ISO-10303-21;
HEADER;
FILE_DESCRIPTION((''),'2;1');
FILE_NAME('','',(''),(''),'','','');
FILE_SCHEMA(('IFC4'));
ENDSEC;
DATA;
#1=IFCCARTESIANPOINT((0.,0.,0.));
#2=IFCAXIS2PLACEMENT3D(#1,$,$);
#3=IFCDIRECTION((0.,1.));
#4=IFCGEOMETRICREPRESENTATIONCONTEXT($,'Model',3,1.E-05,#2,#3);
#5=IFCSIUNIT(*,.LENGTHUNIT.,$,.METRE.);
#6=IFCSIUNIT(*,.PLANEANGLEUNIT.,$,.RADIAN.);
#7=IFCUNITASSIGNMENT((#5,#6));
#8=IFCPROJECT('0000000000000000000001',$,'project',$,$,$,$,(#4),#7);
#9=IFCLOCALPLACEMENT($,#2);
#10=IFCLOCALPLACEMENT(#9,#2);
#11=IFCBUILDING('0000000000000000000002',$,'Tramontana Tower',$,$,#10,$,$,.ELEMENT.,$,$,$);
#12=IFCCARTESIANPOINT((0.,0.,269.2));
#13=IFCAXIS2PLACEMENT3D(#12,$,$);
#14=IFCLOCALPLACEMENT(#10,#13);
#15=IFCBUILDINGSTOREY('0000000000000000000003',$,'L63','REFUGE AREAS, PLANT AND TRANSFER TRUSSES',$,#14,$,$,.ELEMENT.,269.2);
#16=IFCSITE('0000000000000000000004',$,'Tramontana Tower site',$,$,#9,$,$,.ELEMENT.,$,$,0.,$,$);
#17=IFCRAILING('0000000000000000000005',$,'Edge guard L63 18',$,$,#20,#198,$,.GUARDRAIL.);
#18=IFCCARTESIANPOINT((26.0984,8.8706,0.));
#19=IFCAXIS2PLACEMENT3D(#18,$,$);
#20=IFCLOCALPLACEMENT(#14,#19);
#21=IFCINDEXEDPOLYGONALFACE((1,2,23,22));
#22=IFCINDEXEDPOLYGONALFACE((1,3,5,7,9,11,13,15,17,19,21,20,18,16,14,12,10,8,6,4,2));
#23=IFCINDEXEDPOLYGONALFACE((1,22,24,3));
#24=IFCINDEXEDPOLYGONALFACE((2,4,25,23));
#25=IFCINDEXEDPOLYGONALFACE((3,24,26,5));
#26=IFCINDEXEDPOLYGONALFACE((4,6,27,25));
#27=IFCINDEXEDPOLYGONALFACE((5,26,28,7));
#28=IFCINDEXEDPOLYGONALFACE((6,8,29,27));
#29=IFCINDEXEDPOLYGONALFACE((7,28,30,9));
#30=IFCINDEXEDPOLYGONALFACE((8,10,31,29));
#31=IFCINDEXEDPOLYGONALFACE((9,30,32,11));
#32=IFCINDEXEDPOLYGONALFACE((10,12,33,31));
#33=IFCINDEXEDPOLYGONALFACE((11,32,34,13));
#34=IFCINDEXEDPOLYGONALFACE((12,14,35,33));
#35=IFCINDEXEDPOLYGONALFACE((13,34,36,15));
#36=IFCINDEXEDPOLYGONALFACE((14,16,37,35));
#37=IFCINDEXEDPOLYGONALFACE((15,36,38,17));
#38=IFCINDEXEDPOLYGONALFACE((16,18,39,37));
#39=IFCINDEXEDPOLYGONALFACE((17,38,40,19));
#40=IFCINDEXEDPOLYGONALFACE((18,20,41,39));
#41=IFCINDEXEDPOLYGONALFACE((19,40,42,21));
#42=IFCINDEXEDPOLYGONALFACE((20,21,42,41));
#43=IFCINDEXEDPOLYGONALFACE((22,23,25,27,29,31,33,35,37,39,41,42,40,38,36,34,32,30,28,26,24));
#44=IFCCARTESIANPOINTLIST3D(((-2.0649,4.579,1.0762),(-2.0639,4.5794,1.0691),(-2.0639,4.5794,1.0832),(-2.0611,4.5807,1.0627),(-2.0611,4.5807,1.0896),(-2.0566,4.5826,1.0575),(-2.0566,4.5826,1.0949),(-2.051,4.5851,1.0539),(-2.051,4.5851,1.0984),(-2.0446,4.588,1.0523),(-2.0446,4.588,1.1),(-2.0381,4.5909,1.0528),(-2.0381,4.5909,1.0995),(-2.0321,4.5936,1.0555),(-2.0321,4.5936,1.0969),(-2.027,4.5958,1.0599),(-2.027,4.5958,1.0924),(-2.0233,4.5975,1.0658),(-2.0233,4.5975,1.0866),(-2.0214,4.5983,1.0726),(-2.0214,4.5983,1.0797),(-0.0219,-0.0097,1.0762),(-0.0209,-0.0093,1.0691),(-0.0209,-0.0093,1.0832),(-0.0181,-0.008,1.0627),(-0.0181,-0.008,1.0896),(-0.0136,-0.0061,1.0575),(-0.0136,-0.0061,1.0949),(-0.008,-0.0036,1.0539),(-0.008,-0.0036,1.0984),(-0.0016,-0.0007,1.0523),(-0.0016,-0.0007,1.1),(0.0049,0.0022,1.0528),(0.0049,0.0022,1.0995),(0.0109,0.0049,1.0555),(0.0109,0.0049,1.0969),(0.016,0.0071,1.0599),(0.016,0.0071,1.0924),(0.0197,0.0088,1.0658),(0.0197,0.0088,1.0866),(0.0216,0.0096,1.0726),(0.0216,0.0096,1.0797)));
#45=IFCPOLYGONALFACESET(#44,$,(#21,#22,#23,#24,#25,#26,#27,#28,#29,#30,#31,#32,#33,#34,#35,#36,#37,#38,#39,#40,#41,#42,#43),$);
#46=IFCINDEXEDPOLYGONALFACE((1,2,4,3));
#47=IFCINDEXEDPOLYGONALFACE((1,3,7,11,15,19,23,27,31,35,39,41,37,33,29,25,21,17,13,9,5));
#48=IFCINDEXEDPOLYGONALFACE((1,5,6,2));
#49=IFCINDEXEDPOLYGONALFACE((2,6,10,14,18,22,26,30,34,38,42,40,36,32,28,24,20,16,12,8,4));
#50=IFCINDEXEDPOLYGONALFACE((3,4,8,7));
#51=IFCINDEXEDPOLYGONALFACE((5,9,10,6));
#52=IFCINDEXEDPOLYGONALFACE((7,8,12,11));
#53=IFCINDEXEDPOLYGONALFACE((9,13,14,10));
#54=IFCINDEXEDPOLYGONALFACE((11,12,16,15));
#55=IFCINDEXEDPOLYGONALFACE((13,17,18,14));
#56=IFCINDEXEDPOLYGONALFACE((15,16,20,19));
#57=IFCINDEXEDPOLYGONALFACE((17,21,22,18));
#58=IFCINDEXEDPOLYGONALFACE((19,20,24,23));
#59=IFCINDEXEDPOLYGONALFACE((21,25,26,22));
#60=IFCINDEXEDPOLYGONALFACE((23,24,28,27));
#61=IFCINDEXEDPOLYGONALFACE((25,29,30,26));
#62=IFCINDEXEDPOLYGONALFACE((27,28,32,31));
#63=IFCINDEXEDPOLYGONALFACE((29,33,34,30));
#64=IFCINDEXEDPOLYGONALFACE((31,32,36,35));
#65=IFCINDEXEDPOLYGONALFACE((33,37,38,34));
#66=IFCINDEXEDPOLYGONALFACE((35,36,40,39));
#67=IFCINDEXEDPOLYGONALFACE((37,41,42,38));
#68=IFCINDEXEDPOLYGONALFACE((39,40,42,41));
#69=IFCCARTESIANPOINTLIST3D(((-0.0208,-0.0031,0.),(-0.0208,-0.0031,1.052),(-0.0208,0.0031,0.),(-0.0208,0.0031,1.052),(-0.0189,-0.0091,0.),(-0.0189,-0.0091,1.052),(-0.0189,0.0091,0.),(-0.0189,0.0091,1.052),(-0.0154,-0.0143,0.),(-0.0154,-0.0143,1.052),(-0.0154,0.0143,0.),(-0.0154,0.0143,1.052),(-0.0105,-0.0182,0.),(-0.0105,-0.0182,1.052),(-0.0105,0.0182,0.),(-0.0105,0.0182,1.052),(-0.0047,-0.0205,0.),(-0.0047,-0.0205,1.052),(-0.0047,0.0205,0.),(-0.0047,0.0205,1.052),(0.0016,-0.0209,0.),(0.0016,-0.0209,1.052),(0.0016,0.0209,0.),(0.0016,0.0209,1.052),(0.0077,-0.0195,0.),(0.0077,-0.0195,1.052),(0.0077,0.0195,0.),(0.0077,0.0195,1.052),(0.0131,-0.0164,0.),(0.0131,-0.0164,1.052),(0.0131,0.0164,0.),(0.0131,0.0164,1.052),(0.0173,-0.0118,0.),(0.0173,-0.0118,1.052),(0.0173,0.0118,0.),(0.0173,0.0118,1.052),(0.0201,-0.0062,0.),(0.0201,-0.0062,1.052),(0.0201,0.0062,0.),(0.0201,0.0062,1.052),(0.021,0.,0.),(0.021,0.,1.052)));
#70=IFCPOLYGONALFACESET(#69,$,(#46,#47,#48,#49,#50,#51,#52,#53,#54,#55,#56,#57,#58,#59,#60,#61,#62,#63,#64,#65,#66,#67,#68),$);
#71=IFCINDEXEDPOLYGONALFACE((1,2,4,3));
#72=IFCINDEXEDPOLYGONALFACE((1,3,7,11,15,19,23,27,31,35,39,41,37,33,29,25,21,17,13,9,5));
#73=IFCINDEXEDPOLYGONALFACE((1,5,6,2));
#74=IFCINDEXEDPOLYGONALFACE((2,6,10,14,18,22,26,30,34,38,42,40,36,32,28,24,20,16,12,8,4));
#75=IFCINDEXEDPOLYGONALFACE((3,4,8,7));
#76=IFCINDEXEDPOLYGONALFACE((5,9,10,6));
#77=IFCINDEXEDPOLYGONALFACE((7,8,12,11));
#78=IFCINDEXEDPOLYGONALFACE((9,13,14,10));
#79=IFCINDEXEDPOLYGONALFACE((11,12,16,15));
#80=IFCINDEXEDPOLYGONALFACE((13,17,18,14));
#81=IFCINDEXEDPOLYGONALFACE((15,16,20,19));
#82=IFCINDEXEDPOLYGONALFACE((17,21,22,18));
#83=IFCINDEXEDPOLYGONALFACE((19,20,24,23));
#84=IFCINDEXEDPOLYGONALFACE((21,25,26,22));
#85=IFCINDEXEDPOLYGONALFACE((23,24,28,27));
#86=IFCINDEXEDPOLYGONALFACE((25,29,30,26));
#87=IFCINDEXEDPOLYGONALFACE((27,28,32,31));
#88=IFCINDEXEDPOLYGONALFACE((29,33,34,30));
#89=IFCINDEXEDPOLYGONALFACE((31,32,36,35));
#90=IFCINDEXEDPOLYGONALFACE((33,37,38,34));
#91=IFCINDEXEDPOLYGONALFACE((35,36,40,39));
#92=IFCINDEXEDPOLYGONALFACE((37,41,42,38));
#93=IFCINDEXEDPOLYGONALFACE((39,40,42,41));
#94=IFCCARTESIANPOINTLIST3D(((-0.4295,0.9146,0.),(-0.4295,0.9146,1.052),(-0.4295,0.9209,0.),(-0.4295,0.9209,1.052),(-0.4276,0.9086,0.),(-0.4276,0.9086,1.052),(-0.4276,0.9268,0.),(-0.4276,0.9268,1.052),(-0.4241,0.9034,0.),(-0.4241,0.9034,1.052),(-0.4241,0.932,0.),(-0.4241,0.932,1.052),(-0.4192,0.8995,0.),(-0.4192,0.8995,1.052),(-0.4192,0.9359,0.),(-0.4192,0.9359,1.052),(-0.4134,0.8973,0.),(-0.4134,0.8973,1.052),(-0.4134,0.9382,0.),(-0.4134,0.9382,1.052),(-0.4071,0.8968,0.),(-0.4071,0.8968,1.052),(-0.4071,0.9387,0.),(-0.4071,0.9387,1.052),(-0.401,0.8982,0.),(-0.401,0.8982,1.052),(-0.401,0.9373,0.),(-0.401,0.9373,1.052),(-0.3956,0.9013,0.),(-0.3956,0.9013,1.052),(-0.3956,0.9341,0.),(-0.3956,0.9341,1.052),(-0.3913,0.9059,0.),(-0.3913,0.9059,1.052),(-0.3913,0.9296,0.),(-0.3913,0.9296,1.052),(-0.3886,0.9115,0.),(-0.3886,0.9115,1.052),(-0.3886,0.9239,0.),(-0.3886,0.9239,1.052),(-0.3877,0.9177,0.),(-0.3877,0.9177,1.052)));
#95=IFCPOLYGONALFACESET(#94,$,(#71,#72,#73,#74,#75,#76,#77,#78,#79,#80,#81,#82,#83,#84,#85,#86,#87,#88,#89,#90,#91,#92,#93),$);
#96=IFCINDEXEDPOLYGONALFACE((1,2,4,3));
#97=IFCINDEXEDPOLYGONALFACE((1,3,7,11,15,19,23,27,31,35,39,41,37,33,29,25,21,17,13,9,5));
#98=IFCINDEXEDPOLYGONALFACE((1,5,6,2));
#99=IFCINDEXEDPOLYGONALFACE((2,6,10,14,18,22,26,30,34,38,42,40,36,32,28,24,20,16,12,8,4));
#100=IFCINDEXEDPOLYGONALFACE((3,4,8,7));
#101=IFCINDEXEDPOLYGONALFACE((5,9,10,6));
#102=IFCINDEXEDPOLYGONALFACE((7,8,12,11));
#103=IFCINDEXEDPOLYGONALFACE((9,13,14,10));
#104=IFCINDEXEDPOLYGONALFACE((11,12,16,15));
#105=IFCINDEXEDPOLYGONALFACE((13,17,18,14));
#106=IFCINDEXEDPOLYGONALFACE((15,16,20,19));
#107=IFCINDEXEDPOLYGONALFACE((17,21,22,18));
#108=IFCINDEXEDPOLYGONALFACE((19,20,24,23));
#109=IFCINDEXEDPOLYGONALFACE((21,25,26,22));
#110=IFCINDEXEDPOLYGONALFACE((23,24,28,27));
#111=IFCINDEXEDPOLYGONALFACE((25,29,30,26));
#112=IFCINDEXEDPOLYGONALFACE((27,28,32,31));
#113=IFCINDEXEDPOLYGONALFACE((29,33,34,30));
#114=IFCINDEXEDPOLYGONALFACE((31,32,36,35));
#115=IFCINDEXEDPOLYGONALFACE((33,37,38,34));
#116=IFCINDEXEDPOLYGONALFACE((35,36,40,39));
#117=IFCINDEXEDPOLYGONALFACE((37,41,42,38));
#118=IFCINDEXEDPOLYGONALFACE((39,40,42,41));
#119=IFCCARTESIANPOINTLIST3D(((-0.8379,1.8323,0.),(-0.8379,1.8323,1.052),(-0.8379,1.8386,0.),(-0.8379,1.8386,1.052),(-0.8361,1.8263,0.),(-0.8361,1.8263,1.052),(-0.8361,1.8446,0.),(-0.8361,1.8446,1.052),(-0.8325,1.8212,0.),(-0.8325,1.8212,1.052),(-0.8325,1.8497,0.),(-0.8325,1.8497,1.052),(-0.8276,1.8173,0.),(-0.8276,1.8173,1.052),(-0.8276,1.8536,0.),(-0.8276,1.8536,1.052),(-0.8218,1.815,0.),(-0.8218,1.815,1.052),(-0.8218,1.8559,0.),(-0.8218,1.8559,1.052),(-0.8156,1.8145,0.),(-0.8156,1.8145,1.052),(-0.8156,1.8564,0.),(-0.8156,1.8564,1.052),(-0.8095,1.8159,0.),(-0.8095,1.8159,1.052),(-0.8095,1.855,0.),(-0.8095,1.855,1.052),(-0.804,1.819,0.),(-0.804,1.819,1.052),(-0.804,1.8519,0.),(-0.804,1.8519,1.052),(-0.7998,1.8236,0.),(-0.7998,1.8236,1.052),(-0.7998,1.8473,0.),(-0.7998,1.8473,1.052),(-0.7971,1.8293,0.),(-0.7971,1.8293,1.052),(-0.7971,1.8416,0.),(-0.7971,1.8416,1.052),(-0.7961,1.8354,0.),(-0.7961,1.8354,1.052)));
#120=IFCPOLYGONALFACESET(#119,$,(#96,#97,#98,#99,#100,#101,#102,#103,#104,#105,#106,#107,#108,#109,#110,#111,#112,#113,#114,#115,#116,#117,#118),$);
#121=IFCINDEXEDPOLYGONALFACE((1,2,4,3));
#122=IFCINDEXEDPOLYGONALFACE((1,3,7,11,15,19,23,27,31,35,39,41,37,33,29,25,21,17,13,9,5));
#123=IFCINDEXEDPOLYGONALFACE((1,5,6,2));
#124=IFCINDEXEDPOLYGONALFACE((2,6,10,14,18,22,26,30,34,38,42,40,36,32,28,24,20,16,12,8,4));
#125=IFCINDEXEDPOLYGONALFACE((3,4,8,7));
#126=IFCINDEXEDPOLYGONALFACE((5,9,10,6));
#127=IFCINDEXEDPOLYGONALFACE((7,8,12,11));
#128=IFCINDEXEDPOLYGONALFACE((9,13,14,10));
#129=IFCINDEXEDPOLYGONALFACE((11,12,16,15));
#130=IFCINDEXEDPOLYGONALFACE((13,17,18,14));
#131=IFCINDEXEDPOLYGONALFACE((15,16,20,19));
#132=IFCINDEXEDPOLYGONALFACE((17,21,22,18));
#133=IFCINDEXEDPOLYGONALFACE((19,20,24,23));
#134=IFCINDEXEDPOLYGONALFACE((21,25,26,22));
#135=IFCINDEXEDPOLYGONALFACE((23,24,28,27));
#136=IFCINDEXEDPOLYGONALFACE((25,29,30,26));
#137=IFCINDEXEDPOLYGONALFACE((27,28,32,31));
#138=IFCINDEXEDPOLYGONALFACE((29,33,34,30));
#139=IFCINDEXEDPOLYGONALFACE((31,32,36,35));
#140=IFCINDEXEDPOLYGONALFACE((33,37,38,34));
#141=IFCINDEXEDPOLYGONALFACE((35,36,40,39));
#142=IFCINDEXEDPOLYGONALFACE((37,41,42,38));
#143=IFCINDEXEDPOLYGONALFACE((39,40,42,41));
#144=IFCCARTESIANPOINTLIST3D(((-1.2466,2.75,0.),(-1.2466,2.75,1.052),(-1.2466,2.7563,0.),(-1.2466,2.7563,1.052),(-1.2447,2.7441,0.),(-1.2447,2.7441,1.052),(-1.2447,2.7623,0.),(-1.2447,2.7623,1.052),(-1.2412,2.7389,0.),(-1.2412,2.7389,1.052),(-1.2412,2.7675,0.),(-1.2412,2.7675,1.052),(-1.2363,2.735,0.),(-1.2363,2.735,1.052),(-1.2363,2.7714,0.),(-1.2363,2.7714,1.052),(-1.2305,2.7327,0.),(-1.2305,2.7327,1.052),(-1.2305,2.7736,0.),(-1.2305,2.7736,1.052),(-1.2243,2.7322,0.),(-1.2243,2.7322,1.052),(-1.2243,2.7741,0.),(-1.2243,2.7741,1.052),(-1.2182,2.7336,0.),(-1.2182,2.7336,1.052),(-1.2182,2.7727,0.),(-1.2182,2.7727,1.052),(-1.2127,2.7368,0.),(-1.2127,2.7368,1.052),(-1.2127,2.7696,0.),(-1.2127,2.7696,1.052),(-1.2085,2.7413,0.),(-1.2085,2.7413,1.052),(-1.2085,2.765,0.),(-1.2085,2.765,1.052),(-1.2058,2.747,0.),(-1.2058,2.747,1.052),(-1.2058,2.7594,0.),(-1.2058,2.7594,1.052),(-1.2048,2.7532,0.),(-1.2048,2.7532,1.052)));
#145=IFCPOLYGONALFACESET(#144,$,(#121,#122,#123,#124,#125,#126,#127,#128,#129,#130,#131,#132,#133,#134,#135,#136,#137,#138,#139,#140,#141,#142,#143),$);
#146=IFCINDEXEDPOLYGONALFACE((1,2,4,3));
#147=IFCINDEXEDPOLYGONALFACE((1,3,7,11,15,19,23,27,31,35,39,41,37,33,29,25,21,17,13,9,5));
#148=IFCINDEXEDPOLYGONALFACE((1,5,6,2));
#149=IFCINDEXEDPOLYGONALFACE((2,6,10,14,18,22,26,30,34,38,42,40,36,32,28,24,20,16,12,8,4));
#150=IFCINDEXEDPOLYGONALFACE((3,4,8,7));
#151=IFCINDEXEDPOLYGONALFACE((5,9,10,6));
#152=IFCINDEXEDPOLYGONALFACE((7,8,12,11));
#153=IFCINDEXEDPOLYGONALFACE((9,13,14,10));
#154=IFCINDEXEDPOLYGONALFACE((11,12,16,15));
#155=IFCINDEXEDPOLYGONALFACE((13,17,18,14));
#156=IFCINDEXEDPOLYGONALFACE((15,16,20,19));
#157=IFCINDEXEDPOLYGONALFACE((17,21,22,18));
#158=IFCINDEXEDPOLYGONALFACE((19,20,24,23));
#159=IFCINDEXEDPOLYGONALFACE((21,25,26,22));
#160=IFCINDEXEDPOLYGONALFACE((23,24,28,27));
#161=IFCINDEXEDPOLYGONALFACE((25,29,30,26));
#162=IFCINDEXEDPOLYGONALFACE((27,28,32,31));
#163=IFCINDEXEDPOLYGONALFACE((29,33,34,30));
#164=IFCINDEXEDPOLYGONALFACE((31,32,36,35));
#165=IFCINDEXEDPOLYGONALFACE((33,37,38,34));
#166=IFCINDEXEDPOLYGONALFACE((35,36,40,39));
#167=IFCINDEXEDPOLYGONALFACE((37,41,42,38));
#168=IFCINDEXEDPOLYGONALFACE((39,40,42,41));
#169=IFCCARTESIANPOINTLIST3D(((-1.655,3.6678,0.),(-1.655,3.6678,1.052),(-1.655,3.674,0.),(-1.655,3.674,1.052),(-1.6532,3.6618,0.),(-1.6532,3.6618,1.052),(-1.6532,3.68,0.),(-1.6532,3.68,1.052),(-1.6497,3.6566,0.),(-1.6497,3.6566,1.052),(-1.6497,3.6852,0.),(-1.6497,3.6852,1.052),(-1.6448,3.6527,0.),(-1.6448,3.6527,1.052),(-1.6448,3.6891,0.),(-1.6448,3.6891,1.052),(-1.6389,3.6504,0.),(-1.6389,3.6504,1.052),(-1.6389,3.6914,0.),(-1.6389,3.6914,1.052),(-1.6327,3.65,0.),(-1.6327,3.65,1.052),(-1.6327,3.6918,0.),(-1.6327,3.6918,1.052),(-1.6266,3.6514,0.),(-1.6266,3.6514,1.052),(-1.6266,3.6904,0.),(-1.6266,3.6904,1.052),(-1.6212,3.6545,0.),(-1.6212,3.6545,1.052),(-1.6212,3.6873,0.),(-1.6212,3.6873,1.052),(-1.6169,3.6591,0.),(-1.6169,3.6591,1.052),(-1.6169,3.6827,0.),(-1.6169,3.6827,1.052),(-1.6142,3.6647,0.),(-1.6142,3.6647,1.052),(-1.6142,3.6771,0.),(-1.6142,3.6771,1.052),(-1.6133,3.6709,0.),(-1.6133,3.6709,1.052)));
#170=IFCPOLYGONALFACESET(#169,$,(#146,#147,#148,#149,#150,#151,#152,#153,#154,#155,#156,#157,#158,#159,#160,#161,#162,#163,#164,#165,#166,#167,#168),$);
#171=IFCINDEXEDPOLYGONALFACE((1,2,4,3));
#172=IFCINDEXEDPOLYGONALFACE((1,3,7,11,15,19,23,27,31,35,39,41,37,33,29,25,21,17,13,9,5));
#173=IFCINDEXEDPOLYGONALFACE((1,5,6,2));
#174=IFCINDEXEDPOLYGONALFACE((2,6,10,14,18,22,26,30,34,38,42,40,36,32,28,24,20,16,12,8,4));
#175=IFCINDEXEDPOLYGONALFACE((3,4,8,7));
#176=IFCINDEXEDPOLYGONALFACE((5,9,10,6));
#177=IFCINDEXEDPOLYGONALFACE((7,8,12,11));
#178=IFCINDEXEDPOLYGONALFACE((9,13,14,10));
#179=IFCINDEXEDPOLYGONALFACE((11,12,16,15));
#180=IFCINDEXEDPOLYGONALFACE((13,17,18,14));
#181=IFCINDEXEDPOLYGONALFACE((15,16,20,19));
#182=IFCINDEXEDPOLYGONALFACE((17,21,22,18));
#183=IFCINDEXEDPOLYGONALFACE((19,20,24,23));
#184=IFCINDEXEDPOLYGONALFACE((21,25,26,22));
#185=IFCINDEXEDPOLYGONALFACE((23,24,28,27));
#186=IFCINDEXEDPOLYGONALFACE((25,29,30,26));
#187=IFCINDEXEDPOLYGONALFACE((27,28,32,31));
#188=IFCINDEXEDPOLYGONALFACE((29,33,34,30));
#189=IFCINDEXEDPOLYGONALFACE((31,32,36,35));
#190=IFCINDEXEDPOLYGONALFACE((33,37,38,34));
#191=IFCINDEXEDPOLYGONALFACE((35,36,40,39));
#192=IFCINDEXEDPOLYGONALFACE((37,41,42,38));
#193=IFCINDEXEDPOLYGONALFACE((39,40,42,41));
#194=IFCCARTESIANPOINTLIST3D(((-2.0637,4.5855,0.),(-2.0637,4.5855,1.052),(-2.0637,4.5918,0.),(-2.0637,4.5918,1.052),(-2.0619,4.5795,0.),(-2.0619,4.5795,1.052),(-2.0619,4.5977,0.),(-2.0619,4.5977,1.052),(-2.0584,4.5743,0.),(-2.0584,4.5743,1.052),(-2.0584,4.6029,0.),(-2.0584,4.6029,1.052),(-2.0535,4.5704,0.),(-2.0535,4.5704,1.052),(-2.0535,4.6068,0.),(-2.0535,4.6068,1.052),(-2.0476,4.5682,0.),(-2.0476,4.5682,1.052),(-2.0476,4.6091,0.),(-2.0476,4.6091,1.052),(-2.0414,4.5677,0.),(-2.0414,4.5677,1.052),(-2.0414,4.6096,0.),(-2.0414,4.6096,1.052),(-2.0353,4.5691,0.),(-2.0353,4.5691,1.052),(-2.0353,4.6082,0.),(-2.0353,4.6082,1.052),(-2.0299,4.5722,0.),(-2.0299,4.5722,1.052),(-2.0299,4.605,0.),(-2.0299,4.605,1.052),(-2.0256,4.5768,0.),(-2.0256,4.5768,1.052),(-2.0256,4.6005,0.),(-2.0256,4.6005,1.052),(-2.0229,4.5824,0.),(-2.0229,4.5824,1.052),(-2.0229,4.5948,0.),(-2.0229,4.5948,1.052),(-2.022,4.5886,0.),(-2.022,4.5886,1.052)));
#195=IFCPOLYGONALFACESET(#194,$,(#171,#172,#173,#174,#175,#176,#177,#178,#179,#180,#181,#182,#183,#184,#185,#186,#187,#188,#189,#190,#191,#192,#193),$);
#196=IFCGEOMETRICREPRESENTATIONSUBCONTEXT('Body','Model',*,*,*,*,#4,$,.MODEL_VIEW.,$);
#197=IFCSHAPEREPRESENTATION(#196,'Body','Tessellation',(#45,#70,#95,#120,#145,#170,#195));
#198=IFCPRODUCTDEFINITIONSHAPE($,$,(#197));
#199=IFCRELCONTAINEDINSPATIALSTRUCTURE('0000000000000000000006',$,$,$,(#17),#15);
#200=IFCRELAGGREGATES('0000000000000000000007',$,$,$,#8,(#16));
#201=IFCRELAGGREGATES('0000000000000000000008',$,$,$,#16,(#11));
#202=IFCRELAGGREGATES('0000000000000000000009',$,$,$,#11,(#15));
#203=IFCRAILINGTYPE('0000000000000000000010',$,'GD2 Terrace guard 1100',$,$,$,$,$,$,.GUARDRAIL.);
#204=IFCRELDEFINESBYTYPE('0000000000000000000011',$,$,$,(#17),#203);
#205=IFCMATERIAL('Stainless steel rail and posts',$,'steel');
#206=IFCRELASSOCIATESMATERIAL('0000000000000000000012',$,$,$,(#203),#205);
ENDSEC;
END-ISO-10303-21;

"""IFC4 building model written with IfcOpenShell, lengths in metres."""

from ifc_helpers import new_model, si_unit, direction, frame, origin, origin_2d, place, context, subcontext, project, spatial, circle, extrude, material, type_object, element, save


model = new_model("IFC4")

# Units and contexts
model_context = context("Model", 3, precision=1e-05, world=origin(), true_north=direction((0.0, 1.0)))
body_context = subcontext(model_context, "Body", "Model", "MODEL_VIEW")
ifc_project = project(units=[si_unit("LENGTHUNIT", "METRE"), si_unit("PLANEANGLEUNIT", "RADIAN")], contexts=[model_context])

# Site, building, storey
site_placement = place(None, origin())
site = spatial("IfcSite", under=ifc_project, at=site_placement, Name="Tramontana Tower site", CompositionType="ELEMENT", RefElevation=0.0)
building_placement = place(site_placement, origin())
building = spatial("IfcBuilding", under=site, at=building_placement, Name="Tramontana Tower", CompositionType="ELEMENT")
storey_placement = place(building_placement, frame((0.0, 0.0, 269.2)))
storey = spatial("IfcBuildingStorey", under=building, at=storey_placement, Name="L63", Description="REFUGE AREAS, PLANT AND TRANSFER TRUSSES", CompositionType="ELEMENT", Elevation=269.2)

# Railing
ifc_material_1 = material(Name="Stainless steel rail and posts", Category="steel")
railing_type = type_object("IfcRailingType", Name="GD2 Terrace guard 1100", PredefinedType="GUARDRAIL", material=ifc_material_1)
railing_1_placement = place(storey_placement, frame((26.0984, 8.8706, 0.0)))
element("IfcRailing", 1, at=railing_1_placement, inside=storey, type_object=railing_type, Name="Edge guard L63 18", PredefinedType="GUARDRAIL", context=body_context, shape_type="SweptSolid", body=[
    extrude(circle(Radius=0.0239, at=origin_2d()), frame((0.0, 0.0, 1.0762), z_axis=(-0.406734, 0.913547, 0.0), x_axis=(-0.913547, -0.406734, 0.0)), (0.0, 0.0, 1.0), 5.0229),
    extrude(circle(Radius=0.021, at=origin_2d()), origin(), (0.0, 0.0, 1.0), 1.052),
    extrude(circle(Radius=0.021, at=origin_2d()), frame((-0.4087, 0.9177, 0.0)), (0.0, 0.0, 1.0), 1.052),
    extrude(circle(Radius=0.021, at=origin_2d()), frame((-0.8171, 1.8354, 0.0)), (0.0, 0.0, 1.0), 1.052),
    extrude(circle(Radius=0.021, at=origin_2d()), frame((-1.2258, 2.7532, 0.0)), (0.0, 0.0, 1.0), 1.052),
    extrude(circle(Radius=0.021, at=origin_2d()), frame((-1.6343, 3.6709, 0.0)), (0.0, 0.0, 1.0), 1.052),
    extrude(circle(Radius=0.021, at=origin_2d()), frame((-2.043, 4.5886, 0.0)), (0.0, 0.0, 1.0), 1.052),
])

save(model, "model.ifc")
